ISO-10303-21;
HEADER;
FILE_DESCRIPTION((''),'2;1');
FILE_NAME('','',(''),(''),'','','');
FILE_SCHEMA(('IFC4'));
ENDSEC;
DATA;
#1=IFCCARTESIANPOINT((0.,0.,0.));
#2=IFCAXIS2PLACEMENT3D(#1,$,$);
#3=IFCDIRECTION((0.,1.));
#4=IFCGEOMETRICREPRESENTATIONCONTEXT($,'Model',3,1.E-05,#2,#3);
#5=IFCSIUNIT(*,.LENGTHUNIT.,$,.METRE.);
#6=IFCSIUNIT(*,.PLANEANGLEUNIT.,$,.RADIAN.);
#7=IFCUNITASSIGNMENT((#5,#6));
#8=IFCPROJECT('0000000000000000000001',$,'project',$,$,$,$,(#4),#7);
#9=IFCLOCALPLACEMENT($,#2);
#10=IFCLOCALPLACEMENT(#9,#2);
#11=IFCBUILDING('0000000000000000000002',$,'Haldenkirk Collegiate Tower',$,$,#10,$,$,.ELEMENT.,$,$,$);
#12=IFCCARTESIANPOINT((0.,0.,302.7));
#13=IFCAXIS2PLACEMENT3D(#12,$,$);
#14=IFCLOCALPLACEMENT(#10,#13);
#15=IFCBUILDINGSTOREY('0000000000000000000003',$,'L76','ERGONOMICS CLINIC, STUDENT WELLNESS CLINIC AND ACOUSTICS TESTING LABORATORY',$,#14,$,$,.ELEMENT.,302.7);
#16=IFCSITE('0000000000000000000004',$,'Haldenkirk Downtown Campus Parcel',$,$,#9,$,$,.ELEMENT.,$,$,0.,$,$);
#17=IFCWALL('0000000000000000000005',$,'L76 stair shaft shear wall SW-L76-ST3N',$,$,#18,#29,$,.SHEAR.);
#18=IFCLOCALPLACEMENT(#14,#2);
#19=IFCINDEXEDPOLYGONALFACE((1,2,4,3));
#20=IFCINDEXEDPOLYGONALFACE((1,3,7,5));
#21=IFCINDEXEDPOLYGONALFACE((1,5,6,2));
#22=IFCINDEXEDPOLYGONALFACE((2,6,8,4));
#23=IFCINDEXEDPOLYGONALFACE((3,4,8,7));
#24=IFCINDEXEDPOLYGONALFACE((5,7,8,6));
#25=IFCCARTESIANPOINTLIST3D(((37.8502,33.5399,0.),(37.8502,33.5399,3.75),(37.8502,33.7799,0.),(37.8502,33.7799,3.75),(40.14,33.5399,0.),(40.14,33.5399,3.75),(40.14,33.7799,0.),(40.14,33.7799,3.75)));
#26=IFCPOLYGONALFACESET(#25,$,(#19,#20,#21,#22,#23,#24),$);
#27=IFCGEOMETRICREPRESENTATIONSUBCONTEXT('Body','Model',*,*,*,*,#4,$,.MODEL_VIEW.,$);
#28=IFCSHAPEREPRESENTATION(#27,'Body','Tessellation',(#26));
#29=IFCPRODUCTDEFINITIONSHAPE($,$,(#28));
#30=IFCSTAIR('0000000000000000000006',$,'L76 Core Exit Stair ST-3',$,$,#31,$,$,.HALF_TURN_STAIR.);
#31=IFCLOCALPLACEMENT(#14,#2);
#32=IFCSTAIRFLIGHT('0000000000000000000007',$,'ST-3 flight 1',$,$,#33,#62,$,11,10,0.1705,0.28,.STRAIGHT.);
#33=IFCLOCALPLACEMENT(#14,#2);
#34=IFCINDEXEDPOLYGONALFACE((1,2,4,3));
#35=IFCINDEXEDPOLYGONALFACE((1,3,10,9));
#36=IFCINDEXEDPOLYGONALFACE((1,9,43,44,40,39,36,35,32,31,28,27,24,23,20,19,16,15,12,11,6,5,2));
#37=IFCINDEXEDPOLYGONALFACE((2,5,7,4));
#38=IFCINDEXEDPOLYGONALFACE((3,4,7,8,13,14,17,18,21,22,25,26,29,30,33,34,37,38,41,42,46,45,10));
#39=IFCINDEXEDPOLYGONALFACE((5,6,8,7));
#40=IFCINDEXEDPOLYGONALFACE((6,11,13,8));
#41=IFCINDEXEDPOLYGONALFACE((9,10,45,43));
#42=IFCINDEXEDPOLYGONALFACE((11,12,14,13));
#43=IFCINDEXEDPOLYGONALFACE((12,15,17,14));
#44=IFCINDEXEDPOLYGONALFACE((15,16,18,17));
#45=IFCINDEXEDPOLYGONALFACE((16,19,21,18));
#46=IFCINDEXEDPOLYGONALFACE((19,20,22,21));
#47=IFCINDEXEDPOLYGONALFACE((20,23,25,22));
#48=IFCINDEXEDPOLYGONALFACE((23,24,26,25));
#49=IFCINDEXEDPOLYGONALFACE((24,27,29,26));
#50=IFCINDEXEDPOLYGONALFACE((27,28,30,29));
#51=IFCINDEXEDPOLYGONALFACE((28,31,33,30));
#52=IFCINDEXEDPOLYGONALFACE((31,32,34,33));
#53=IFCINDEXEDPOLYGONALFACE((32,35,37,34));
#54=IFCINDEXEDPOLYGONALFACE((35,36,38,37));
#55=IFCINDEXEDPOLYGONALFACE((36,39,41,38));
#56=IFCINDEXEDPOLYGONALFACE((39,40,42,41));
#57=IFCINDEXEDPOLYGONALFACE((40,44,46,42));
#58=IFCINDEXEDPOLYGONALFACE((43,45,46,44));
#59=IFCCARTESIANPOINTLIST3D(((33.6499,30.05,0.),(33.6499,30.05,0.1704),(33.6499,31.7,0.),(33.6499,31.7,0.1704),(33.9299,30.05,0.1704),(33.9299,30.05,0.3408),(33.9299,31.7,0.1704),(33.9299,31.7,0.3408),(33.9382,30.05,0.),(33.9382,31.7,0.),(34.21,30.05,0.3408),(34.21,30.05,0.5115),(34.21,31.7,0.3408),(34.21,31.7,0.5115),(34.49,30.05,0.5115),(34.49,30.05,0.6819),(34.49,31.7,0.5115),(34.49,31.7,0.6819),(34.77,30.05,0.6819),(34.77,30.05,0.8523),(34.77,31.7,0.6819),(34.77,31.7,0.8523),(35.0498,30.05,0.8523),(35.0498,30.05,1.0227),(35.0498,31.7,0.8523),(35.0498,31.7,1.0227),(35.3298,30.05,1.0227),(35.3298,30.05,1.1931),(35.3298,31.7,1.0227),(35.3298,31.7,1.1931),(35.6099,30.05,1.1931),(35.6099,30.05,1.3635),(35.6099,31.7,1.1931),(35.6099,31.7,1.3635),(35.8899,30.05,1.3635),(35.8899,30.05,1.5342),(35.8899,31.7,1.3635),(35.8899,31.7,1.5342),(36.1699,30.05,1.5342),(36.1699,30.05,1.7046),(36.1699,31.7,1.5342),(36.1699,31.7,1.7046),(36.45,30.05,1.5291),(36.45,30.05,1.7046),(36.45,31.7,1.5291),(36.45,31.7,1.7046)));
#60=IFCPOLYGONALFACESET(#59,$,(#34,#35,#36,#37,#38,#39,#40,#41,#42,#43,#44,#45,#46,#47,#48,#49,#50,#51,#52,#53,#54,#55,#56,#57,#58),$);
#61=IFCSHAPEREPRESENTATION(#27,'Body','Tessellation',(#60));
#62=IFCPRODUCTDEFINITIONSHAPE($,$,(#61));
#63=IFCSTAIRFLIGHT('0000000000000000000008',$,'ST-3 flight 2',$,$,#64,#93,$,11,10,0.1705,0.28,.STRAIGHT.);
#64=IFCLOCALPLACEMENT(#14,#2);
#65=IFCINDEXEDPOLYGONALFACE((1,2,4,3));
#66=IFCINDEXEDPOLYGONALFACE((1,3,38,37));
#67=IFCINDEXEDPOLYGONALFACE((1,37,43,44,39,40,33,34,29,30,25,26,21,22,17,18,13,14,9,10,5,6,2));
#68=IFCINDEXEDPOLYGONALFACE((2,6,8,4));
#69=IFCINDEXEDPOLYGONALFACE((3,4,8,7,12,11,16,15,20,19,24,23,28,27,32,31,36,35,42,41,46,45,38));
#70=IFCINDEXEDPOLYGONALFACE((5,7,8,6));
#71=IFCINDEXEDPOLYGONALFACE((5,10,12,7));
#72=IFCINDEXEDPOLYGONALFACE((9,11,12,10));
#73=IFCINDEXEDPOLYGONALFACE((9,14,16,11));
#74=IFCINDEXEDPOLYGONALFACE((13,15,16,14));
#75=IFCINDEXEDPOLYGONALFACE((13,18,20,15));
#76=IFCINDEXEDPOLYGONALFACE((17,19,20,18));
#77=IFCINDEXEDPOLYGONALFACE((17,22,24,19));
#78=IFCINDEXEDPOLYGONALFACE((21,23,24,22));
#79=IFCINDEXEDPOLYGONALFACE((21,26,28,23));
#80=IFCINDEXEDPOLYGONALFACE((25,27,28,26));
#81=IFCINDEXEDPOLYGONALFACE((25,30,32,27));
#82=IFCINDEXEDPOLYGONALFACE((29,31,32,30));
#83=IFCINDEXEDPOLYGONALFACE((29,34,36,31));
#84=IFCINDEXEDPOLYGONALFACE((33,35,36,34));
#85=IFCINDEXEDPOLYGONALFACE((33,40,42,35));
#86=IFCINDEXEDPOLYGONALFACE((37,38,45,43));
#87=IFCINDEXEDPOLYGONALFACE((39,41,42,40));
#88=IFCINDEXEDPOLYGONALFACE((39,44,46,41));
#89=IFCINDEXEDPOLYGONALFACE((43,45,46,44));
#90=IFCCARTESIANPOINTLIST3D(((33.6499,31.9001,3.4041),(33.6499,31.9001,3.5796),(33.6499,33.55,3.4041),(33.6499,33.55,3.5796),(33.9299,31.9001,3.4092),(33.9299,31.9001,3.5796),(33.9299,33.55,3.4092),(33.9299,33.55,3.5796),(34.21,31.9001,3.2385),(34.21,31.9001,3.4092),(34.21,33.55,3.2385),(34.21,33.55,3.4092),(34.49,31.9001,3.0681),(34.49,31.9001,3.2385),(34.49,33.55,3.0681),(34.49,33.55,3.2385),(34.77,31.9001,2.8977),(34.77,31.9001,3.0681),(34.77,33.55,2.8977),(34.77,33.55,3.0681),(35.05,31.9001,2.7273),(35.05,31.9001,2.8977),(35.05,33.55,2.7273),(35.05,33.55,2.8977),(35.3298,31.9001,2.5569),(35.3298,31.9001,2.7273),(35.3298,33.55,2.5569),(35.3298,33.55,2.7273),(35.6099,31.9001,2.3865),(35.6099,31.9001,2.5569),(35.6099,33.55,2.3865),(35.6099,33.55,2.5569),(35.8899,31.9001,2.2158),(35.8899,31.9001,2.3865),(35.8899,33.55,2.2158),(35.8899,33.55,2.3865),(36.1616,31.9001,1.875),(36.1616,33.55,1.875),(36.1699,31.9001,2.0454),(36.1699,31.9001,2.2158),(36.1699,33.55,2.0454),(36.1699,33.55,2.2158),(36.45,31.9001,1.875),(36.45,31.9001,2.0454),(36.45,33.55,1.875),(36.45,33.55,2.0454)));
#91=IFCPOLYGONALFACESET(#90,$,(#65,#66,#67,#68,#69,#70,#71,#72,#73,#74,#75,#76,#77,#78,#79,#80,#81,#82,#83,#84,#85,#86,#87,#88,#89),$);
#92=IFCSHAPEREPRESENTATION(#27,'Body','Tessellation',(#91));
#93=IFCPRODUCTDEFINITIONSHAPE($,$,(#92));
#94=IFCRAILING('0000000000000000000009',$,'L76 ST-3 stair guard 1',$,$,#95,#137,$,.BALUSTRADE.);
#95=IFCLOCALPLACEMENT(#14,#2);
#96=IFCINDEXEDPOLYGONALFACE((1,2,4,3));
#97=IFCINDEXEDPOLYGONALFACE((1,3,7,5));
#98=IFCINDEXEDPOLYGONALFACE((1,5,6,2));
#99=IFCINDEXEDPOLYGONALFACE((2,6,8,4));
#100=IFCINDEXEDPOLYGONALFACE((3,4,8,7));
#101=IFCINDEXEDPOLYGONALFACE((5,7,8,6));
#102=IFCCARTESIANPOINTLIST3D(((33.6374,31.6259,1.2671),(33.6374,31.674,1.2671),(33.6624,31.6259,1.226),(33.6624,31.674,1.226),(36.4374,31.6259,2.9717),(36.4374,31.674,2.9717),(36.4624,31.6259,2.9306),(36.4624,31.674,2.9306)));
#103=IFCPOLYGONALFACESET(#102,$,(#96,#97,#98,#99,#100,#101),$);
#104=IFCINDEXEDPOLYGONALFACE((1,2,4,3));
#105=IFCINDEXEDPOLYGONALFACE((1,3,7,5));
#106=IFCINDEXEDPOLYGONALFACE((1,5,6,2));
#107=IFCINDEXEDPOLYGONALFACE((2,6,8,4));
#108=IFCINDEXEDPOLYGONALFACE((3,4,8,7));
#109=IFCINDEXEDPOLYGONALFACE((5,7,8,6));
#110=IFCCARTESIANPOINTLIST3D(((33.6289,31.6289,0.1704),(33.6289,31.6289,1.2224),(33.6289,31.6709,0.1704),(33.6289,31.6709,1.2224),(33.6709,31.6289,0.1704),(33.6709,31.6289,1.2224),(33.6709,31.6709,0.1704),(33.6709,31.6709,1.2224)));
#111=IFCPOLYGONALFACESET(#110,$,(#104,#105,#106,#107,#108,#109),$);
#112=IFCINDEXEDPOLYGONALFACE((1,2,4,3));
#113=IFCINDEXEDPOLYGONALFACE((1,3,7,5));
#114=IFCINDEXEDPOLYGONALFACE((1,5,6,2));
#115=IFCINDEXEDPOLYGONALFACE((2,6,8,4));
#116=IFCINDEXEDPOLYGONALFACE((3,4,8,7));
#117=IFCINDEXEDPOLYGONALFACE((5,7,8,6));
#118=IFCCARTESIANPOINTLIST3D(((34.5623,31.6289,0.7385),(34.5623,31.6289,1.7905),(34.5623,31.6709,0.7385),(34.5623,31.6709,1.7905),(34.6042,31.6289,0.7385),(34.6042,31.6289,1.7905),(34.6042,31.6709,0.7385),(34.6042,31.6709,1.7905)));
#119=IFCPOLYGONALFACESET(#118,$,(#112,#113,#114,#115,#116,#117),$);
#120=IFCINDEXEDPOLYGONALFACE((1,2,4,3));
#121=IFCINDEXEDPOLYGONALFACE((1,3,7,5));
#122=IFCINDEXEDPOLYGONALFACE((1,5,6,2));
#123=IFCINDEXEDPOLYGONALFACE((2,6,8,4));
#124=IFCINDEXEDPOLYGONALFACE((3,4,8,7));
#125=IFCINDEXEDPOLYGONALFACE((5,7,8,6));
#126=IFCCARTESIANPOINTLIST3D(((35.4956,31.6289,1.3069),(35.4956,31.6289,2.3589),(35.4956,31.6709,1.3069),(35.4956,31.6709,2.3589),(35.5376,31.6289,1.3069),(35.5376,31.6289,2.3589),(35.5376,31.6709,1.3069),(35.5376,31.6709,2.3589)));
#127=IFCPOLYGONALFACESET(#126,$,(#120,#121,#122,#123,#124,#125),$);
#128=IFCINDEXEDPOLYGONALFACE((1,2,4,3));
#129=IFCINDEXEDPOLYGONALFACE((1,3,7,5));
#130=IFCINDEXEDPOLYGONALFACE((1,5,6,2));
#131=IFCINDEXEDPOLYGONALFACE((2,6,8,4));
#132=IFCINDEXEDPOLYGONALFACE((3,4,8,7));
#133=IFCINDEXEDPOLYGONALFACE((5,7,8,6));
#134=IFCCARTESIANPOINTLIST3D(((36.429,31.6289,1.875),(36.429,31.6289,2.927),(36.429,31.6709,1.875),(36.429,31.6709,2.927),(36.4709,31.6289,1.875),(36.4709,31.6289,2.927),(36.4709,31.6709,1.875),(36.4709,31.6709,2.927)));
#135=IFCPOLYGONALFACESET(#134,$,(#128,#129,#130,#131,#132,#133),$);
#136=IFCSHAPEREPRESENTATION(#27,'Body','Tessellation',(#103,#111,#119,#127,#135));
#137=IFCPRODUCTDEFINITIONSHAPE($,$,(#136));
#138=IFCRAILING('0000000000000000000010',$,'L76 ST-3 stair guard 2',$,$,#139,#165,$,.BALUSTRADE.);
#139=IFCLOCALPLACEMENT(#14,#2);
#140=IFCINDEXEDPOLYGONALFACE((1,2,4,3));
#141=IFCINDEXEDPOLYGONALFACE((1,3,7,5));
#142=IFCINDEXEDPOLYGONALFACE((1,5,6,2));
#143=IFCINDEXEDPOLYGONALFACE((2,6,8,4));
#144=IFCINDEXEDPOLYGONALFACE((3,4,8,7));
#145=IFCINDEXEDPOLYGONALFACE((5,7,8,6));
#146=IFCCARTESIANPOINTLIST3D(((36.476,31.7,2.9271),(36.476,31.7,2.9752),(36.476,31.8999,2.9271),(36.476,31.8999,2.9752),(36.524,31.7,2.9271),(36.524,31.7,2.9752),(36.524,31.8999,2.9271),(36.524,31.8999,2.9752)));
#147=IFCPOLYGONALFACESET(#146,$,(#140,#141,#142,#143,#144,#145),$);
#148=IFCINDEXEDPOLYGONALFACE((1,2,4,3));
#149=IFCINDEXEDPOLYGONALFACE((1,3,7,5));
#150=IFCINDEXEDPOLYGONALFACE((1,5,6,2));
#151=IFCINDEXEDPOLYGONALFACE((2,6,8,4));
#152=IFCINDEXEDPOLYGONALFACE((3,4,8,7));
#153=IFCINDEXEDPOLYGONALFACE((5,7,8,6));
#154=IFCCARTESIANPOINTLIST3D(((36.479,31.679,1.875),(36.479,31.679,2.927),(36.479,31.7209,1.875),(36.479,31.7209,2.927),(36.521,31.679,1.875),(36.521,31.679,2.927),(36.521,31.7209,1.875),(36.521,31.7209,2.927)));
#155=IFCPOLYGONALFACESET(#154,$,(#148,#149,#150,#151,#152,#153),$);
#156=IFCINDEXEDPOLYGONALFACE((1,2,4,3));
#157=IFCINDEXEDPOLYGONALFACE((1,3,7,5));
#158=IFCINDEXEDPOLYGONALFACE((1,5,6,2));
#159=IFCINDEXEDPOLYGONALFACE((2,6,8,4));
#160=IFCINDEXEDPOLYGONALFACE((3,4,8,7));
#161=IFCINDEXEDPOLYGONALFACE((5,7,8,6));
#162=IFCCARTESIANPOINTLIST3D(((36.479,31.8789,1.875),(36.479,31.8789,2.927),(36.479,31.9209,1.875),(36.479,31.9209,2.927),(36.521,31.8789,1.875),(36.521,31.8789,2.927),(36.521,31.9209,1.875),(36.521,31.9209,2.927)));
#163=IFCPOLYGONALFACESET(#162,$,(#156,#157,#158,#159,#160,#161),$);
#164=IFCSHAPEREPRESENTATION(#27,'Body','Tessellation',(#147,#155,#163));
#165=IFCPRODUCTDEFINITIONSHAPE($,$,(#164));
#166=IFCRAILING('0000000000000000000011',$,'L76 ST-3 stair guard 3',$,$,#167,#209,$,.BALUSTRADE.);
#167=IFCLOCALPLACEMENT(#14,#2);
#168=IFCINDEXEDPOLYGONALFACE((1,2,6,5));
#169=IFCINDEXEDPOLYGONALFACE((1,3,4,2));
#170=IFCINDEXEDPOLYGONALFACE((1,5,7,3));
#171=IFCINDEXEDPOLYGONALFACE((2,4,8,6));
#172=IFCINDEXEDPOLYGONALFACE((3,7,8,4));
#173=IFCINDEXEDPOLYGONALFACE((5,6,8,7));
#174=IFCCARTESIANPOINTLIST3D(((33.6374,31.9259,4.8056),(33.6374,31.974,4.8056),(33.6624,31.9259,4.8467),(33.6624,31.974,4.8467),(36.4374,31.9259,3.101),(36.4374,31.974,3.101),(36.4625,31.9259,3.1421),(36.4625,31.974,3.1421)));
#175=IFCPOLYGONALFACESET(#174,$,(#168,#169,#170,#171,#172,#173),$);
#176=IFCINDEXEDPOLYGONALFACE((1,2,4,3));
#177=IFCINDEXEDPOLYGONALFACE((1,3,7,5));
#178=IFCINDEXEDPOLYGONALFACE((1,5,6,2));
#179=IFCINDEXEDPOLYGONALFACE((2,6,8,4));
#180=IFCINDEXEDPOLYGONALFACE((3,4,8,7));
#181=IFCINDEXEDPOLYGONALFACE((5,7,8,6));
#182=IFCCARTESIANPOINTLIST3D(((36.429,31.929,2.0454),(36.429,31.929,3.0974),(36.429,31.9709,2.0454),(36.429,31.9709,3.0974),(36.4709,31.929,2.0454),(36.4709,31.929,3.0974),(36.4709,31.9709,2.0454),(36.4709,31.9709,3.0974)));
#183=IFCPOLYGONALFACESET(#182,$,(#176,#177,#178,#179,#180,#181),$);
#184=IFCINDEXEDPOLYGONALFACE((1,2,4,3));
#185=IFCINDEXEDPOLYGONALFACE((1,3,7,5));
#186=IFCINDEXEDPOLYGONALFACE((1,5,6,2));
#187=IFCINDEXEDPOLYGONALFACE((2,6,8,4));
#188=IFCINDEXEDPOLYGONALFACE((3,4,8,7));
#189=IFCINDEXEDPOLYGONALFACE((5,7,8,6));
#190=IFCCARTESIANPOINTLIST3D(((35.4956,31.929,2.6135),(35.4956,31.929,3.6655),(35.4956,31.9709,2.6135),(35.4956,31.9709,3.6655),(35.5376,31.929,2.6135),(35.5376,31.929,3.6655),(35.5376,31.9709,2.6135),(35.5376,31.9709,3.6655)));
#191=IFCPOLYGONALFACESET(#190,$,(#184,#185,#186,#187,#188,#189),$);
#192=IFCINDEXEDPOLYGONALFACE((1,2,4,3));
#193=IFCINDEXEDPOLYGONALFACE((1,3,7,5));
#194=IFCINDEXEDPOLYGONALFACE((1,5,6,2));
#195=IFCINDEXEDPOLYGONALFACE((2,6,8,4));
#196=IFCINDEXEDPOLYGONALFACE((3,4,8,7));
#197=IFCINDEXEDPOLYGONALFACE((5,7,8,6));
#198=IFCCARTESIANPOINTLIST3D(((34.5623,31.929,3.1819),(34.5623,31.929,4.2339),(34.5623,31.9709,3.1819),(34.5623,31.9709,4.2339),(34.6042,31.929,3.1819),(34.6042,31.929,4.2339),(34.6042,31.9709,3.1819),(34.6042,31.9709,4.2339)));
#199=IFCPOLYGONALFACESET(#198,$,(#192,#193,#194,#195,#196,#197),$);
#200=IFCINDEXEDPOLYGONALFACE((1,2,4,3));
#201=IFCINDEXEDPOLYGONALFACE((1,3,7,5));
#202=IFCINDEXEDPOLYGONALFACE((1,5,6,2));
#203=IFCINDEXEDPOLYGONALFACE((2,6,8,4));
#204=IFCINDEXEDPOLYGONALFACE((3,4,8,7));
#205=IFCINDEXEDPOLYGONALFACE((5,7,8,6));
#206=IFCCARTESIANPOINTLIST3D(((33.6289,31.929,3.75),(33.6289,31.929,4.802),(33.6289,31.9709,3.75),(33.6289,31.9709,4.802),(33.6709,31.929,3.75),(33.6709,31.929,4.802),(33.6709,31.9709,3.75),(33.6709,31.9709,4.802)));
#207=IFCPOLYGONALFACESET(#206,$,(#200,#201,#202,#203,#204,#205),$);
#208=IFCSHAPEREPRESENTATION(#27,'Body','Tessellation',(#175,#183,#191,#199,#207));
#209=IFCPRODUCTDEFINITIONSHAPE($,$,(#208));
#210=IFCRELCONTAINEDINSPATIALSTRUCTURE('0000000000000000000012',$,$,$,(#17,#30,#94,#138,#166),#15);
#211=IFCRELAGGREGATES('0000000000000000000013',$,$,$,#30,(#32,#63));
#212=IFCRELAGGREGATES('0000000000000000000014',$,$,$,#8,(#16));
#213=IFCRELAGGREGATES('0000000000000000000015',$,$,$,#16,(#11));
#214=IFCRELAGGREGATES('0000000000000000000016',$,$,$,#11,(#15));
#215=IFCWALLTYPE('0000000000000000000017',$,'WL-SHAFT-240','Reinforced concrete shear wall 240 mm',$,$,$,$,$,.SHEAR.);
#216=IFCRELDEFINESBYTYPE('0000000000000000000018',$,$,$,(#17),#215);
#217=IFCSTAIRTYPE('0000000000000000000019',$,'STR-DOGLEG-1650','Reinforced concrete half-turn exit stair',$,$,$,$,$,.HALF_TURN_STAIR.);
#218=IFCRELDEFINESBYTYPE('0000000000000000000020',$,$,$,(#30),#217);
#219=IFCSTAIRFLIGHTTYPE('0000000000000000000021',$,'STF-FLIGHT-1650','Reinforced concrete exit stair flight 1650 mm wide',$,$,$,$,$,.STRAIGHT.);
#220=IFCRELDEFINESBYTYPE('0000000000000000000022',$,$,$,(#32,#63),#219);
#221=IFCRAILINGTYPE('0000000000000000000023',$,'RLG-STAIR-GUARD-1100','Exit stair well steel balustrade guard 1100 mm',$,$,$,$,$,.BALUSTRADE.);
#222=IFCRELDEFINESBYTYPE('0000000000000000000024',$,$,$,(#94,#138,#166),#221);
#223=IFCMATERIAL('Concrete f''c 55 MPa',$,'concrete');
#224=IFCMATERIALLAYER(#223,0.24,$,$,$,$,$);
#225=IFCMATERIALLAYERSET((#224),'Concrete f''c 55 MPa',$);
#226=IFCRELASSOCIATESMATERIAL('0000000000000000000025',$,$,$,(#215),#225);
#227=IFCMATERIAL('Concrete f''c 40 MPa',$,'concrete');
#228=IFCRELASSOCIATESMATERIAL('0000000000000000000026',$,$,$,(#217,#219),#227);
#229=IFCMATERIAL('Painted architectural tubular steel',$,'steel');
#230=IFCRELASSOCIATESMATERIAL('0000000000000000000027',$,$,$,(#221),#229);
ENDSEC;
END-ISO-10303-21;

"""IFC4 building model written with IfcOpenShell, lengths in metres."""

from ifc_helpers import new_model, si_unit, direction, frame, frame_2d, origin, origin_2d, place, context, subcontext, project, spatial, polyline, rectangle, outline, extrude, material, layer, layer_set, type_object, element, aggregate, save


model = new_model("IFC4")

# Units and contexts
model_context = context("Model", 3, precision=1e-05, world=origin(), true_north=direction((0.0, 1.0)))
body_context = subcontext(model_context, "Body", "Model", "MODEL_VIEW")
ifc_project = project(units=[si_unit("LENGTHUNIT", "METRE"), si_unit("PLANEANGLEUNIT", "RADIAN")], contexts=[model_context])

# Site, building, storey
site_placement = place(None, origin())
site = spatial("IfcSite", under=ifc_project, at=site_placement, Name="Haldenkirk Downtown Campus Parcel", CompositionType="ELEMENT", RefElevation=0.0)
building_placement = place(site_placement, origin())
building = spatial("IfcBuilding", under=site, at=building_placement, Name="Haldenkirk Collegiate Tower", CompositionType="ELEMENT")
storey_placement = place(building_placement, frame((0.0, 0.0, 302.7)))
storey = spatial("IfcBuildingStorey", under=building, at=storey_placement, Name="L76", Description="ERGONOMICS CLINIC, STUDENT WELLNESS CLINIC AND ACOUSTICS TESTING LABORATORY", CompositionType="ELEMENT", Elevation=302.7)

# Wall
ifc_material_1 = material(Name="Concrete f'c 55 MPa", Category="concrete")
ifc_layer_1 = layer(ifc_material_1, 0.24)
ifc_layer_set_1 = layer_set([ifc_layer_1], Name="Concrete f'c 55 MPa")
wall_type_1 = type_object("IfcWallType", Name="WL-SHAFT-240", Description="Reinforced concrete shear wall 240 mm", PredefinedType="SHEAR", material=ifc_layer_set_1)
wall_1_placement = place(storey_placement, frame((37.8501, 33.6599, 0.0), z_axis=(0.0, 0.0, 1.0), x_axis=(1.0, 0.0, 0.0)))
element("IfcWall", 1, at=wall_1_placement, inside=storey, type_object=wall_type_1, Name="L76 stair shaft shear wall SW-L76-ST3N", PredefinedType="SHEAR", context=body_context, shape_type="SweptSolid", body=[
    extrude(rectangle(XDim=2.2898, YDim=0.24, at=frame_2d((1.145, 0.0))), origin(), (0.0, 0.0, 1.0), 3.75),
])

# Stair, stair flights
ifc_material_2 = material(Name="Concrete f'c 40 MPa", Category="concrete")
stair_type = type_object("IfcStairType", Name="STR-DOGLEG-1650", Description="Reinforced concrete half-turn exit stair", PredefinedType="HALF_TURN_STAIR", material=ifc_material_2)
stair_placement = place(storey_placement, origin())
stair = element("IfcStair", 2, at=stair_placement, inside=storey, type_object=stair_type, Name="L76 Core Exit Stair ST-3", PredefinedType="HALF_TURN_STAIR")
stair_flight_type = type_object("IfcStairFlightType", Name="STF-FLIGHT-1650", Description="Reinforced concrete exit stair flight 1650 mm wide", PredefinedType="STRAIGHT", material=ifc_material_2)
stair_flight_1_placement = place(storey_placement, frame((33.6499, 30.875, 0.0), z_axis=(0.0, 0.0, 1.0), x_axis=(1.0, 0.0, 0.0)))
stair_flight_1 = element("IfcStairFlight", 3, at=stair_flight_1_placement, type_object=stair_flight_type, Name="ST-3 flight 1", NumberOfRisers=11, NumberOfTreads=10, PredefinedType="STRAIGHT", RiserHeight=0.1705, TreadLength=0.28, context=body_context, shape_type="SweptSolid", body=[
    extrude(outline(polyline([(0.0, 0.0), (0.0, 0.1704), (0.28, 0.1704), (0.28, 0.3408), (0.5601, 0.3408), (0.5601, 0.5115), (0.8401, 0.5115), (0.8401, 0.6819), (1.1201, 0.6819), (1.1201, 0.8523), (1.3999, 0.8523), (1.3999, 1.0227), (1.6799, 1.0227), (1.6799, 1.1931), (1.96, 1.1931), (1.96, 1.3635), (2.24, 1.3635), (2.24, 1.5342), (2.52, 1.5342), (2.52, 1.7046), (2.8, 1.7046), (2.8, 1.875), (2.8, 1.5291), (0.2883, 0.0), (0.0, 0.0)])), frame((0.0, 0.825, 0.0), z_axis=(0.0, -1.0, 0.0), x_axis=(1.0, 0.0, 0.0)), (0.0, 0.0, 1.0), 1.6499),
])
stair_flight_2_placement = place(storey_placement, frame((36.45, 32.7251, 1.875), z_axis=(0.0, 0.0, 1.0), x_axis=(-1.0, 0.0, 0.0)))
stair_flight_2 = element("IfcStairFlight", 4, at=stair_flight_2_placement, type_object=stair_flight_type, Name="ST-3 flight 2", NumberOfRisers=11, NumberOfTreads=10, PredefinedType="STRAIGHT", RiserHeight=0.1705, TreadLength=0.28, context=body_context, shape_type="SweptSolid", body=[
    extrude(outline(polyline([(0.0, 0.0), (0.0, 0.1704), (0.28, 0.1704), (0.28, 0.3408), (0.5601, 0.3408), (0.5601, 0.5115), (0.8401, 0.5115), (0.8401, 0.6819), (1.1201, 0.6819), (1.1201, 0.8523), (1.3999, 0.8523), (1.3999, 1.0227), (1.6799, 1.0227), (1.6799, 1.1931), (1.96, 1.1931), (1.96, 1.3635), (2.24, 1.3635), (2.24, 1.5342), (2.52, 1.5342), (2.52, 1.7046), (2.8, 1.7046), (2.8, 1.875), (2.8, 1.5291), (0.2883, 0.0), (0.0, 0.0)])), frame((0.0, 0.825, 0.0), z_axis=(0.0, -1.0, 0.0), x_axis=(1.0, 0.0, 0.0)), (0.0, 0.0, 1.0), 1.6499),
])
aggregate(stair, [stair_flight_1, stair_flight_2])

# Railings
ifc_material_3 = material(Name="Painted architectural tubular steel", Category="steel")
railing_type_1 = type_object("IfcRailingType", Name="RLG-STAIR-GUARD-1100", Description="Exit stair well steel balustrade guard 1100 mm", PredefinedType="BALUSTRADE", material=ifc_material_3)
railing_1_placement = place(storey_placement, frame((33.6499, 31.6499, 0.1704)))
element("IfcRailing", 5, at=railing_1_placement, inside=storey, type_object=railing_type_1, Name="L76 ST-3 stair guard 1", PredefinedType="BALUSTRADE", context=body_context, shape_type="SweptSolid", body=[
    extrude(rectangle(XDim=0.0481, YDim=0.0481, at=origin_2d()), frame((0.0, 0.0, 1.0762), z_axis=(0.85417, 0.0, 0.519994), x_axis=(0.0, 1.0, 0.0)), (0.0, 0.0, 1.0), 3.2781),
    extrude(rectangle(XDim=0.042, YDim=0.042, at=origin_2d()), origin(), (0.0, 0.0, 1.0), 1.052),
    extrude(rectangle(XDim=0.042, YDim=0.042, at=origin_2d()), frame((0.9333, 0.0, 0.5681)), (0.0, 0.0, 1.0), 1.052),
    extrude(rectangle(XDim=0.042, YDim=0.042, at=origin_2d()), frame((1.8667, 0.0, 1.1365)), (0.0, 0.0, 1.0), 1.052),
    extrude(rectangle(XDim=0.042, YDim=0.042, at=origin_2d()), frame((2.8, 0.0, 1.7046)), (0.0, 0.0, 1.0), 1.052),
])
railing_2_placement = place(storey_placement, frame((36.5, 31.7, 1.875)))
element("IfcRailing", 6, at=railing_2_placement, inside=storey, type_object=railing_type_1, Name="L76 ST-3 stair guard 2", PredefinedType="BALUSTRADE", context=body_context, shape_type="SweptSolid", body=[
    extrude(rectangle(XDim=0.0481, YDim=0.0481, at=origin_2d()), frame((0.0, 0.0, 1.0762), z_axis=(0.0, 1.0, 0.0), x_axis=(-1.0, 0.0, 0.0)), (0.0, 0.0, 1.0), 0.2),
    extrude(rectangle(XDim=0.042, YDim=0.042, at=origin_2d()), origin(), (0.0, 0.0, 1.0), 1.052),
    extrude(rectangle(XDim=0.042, YDim=0.042, at=origin_2d()), frame((0.0, 0.2, 0.0)), (0.0, 0.0, 1.0), 1.052),
])
railing_3_placement = place(storey_placement, frame((36.45, 31.95, 2.0454)))
element("IfcRailing", 7, at=railing_3_placement, inside=storey, type_object=railing_type_1, Name="L76 ST-3 stair guard 3", PredefinedType="BALUSTRADE", context=body_context, shape_type="SweptSolid", body=[
    extrude(rectangle(XDim=0.0481, YDim=0.0481, at=origin_2d()), frame((0.0, 0.0, 1.0762), z_axis=(-0.85417, 0.0, 0.519994), x_axis=(0.0, -1.0, 0.0)), (0.0, 0.0, 1.0), 3.2781),
    extrude(rectangle(XDim=0.042, YDim=0.042, at=origin_2d()), origin(), (0.0, 0.0, 1.0), 1.052),
    extrude(rectangle(XDim=0.042, YDim=0.042, at=origin_2d()), frame((-0.9333, 0.0, 0.5681)), (0.0, 0.0, 1.0), 1.052),
    extrude(rectangle(XDim=0.042, YDim=0.042, at=origin_2d()), frame((-1.8667, 0.0, 1.1365)), (0.0, 0.0, 1.0), 1.052),
    extrude(rectangle(XDim=0.042, YDim=0.042, at=origin_2d()), frame((-2.8, 0.0, 1.7046)), (0.0, 0.0, 1.0), 1.052),
])

save(model, "model.ifc")
